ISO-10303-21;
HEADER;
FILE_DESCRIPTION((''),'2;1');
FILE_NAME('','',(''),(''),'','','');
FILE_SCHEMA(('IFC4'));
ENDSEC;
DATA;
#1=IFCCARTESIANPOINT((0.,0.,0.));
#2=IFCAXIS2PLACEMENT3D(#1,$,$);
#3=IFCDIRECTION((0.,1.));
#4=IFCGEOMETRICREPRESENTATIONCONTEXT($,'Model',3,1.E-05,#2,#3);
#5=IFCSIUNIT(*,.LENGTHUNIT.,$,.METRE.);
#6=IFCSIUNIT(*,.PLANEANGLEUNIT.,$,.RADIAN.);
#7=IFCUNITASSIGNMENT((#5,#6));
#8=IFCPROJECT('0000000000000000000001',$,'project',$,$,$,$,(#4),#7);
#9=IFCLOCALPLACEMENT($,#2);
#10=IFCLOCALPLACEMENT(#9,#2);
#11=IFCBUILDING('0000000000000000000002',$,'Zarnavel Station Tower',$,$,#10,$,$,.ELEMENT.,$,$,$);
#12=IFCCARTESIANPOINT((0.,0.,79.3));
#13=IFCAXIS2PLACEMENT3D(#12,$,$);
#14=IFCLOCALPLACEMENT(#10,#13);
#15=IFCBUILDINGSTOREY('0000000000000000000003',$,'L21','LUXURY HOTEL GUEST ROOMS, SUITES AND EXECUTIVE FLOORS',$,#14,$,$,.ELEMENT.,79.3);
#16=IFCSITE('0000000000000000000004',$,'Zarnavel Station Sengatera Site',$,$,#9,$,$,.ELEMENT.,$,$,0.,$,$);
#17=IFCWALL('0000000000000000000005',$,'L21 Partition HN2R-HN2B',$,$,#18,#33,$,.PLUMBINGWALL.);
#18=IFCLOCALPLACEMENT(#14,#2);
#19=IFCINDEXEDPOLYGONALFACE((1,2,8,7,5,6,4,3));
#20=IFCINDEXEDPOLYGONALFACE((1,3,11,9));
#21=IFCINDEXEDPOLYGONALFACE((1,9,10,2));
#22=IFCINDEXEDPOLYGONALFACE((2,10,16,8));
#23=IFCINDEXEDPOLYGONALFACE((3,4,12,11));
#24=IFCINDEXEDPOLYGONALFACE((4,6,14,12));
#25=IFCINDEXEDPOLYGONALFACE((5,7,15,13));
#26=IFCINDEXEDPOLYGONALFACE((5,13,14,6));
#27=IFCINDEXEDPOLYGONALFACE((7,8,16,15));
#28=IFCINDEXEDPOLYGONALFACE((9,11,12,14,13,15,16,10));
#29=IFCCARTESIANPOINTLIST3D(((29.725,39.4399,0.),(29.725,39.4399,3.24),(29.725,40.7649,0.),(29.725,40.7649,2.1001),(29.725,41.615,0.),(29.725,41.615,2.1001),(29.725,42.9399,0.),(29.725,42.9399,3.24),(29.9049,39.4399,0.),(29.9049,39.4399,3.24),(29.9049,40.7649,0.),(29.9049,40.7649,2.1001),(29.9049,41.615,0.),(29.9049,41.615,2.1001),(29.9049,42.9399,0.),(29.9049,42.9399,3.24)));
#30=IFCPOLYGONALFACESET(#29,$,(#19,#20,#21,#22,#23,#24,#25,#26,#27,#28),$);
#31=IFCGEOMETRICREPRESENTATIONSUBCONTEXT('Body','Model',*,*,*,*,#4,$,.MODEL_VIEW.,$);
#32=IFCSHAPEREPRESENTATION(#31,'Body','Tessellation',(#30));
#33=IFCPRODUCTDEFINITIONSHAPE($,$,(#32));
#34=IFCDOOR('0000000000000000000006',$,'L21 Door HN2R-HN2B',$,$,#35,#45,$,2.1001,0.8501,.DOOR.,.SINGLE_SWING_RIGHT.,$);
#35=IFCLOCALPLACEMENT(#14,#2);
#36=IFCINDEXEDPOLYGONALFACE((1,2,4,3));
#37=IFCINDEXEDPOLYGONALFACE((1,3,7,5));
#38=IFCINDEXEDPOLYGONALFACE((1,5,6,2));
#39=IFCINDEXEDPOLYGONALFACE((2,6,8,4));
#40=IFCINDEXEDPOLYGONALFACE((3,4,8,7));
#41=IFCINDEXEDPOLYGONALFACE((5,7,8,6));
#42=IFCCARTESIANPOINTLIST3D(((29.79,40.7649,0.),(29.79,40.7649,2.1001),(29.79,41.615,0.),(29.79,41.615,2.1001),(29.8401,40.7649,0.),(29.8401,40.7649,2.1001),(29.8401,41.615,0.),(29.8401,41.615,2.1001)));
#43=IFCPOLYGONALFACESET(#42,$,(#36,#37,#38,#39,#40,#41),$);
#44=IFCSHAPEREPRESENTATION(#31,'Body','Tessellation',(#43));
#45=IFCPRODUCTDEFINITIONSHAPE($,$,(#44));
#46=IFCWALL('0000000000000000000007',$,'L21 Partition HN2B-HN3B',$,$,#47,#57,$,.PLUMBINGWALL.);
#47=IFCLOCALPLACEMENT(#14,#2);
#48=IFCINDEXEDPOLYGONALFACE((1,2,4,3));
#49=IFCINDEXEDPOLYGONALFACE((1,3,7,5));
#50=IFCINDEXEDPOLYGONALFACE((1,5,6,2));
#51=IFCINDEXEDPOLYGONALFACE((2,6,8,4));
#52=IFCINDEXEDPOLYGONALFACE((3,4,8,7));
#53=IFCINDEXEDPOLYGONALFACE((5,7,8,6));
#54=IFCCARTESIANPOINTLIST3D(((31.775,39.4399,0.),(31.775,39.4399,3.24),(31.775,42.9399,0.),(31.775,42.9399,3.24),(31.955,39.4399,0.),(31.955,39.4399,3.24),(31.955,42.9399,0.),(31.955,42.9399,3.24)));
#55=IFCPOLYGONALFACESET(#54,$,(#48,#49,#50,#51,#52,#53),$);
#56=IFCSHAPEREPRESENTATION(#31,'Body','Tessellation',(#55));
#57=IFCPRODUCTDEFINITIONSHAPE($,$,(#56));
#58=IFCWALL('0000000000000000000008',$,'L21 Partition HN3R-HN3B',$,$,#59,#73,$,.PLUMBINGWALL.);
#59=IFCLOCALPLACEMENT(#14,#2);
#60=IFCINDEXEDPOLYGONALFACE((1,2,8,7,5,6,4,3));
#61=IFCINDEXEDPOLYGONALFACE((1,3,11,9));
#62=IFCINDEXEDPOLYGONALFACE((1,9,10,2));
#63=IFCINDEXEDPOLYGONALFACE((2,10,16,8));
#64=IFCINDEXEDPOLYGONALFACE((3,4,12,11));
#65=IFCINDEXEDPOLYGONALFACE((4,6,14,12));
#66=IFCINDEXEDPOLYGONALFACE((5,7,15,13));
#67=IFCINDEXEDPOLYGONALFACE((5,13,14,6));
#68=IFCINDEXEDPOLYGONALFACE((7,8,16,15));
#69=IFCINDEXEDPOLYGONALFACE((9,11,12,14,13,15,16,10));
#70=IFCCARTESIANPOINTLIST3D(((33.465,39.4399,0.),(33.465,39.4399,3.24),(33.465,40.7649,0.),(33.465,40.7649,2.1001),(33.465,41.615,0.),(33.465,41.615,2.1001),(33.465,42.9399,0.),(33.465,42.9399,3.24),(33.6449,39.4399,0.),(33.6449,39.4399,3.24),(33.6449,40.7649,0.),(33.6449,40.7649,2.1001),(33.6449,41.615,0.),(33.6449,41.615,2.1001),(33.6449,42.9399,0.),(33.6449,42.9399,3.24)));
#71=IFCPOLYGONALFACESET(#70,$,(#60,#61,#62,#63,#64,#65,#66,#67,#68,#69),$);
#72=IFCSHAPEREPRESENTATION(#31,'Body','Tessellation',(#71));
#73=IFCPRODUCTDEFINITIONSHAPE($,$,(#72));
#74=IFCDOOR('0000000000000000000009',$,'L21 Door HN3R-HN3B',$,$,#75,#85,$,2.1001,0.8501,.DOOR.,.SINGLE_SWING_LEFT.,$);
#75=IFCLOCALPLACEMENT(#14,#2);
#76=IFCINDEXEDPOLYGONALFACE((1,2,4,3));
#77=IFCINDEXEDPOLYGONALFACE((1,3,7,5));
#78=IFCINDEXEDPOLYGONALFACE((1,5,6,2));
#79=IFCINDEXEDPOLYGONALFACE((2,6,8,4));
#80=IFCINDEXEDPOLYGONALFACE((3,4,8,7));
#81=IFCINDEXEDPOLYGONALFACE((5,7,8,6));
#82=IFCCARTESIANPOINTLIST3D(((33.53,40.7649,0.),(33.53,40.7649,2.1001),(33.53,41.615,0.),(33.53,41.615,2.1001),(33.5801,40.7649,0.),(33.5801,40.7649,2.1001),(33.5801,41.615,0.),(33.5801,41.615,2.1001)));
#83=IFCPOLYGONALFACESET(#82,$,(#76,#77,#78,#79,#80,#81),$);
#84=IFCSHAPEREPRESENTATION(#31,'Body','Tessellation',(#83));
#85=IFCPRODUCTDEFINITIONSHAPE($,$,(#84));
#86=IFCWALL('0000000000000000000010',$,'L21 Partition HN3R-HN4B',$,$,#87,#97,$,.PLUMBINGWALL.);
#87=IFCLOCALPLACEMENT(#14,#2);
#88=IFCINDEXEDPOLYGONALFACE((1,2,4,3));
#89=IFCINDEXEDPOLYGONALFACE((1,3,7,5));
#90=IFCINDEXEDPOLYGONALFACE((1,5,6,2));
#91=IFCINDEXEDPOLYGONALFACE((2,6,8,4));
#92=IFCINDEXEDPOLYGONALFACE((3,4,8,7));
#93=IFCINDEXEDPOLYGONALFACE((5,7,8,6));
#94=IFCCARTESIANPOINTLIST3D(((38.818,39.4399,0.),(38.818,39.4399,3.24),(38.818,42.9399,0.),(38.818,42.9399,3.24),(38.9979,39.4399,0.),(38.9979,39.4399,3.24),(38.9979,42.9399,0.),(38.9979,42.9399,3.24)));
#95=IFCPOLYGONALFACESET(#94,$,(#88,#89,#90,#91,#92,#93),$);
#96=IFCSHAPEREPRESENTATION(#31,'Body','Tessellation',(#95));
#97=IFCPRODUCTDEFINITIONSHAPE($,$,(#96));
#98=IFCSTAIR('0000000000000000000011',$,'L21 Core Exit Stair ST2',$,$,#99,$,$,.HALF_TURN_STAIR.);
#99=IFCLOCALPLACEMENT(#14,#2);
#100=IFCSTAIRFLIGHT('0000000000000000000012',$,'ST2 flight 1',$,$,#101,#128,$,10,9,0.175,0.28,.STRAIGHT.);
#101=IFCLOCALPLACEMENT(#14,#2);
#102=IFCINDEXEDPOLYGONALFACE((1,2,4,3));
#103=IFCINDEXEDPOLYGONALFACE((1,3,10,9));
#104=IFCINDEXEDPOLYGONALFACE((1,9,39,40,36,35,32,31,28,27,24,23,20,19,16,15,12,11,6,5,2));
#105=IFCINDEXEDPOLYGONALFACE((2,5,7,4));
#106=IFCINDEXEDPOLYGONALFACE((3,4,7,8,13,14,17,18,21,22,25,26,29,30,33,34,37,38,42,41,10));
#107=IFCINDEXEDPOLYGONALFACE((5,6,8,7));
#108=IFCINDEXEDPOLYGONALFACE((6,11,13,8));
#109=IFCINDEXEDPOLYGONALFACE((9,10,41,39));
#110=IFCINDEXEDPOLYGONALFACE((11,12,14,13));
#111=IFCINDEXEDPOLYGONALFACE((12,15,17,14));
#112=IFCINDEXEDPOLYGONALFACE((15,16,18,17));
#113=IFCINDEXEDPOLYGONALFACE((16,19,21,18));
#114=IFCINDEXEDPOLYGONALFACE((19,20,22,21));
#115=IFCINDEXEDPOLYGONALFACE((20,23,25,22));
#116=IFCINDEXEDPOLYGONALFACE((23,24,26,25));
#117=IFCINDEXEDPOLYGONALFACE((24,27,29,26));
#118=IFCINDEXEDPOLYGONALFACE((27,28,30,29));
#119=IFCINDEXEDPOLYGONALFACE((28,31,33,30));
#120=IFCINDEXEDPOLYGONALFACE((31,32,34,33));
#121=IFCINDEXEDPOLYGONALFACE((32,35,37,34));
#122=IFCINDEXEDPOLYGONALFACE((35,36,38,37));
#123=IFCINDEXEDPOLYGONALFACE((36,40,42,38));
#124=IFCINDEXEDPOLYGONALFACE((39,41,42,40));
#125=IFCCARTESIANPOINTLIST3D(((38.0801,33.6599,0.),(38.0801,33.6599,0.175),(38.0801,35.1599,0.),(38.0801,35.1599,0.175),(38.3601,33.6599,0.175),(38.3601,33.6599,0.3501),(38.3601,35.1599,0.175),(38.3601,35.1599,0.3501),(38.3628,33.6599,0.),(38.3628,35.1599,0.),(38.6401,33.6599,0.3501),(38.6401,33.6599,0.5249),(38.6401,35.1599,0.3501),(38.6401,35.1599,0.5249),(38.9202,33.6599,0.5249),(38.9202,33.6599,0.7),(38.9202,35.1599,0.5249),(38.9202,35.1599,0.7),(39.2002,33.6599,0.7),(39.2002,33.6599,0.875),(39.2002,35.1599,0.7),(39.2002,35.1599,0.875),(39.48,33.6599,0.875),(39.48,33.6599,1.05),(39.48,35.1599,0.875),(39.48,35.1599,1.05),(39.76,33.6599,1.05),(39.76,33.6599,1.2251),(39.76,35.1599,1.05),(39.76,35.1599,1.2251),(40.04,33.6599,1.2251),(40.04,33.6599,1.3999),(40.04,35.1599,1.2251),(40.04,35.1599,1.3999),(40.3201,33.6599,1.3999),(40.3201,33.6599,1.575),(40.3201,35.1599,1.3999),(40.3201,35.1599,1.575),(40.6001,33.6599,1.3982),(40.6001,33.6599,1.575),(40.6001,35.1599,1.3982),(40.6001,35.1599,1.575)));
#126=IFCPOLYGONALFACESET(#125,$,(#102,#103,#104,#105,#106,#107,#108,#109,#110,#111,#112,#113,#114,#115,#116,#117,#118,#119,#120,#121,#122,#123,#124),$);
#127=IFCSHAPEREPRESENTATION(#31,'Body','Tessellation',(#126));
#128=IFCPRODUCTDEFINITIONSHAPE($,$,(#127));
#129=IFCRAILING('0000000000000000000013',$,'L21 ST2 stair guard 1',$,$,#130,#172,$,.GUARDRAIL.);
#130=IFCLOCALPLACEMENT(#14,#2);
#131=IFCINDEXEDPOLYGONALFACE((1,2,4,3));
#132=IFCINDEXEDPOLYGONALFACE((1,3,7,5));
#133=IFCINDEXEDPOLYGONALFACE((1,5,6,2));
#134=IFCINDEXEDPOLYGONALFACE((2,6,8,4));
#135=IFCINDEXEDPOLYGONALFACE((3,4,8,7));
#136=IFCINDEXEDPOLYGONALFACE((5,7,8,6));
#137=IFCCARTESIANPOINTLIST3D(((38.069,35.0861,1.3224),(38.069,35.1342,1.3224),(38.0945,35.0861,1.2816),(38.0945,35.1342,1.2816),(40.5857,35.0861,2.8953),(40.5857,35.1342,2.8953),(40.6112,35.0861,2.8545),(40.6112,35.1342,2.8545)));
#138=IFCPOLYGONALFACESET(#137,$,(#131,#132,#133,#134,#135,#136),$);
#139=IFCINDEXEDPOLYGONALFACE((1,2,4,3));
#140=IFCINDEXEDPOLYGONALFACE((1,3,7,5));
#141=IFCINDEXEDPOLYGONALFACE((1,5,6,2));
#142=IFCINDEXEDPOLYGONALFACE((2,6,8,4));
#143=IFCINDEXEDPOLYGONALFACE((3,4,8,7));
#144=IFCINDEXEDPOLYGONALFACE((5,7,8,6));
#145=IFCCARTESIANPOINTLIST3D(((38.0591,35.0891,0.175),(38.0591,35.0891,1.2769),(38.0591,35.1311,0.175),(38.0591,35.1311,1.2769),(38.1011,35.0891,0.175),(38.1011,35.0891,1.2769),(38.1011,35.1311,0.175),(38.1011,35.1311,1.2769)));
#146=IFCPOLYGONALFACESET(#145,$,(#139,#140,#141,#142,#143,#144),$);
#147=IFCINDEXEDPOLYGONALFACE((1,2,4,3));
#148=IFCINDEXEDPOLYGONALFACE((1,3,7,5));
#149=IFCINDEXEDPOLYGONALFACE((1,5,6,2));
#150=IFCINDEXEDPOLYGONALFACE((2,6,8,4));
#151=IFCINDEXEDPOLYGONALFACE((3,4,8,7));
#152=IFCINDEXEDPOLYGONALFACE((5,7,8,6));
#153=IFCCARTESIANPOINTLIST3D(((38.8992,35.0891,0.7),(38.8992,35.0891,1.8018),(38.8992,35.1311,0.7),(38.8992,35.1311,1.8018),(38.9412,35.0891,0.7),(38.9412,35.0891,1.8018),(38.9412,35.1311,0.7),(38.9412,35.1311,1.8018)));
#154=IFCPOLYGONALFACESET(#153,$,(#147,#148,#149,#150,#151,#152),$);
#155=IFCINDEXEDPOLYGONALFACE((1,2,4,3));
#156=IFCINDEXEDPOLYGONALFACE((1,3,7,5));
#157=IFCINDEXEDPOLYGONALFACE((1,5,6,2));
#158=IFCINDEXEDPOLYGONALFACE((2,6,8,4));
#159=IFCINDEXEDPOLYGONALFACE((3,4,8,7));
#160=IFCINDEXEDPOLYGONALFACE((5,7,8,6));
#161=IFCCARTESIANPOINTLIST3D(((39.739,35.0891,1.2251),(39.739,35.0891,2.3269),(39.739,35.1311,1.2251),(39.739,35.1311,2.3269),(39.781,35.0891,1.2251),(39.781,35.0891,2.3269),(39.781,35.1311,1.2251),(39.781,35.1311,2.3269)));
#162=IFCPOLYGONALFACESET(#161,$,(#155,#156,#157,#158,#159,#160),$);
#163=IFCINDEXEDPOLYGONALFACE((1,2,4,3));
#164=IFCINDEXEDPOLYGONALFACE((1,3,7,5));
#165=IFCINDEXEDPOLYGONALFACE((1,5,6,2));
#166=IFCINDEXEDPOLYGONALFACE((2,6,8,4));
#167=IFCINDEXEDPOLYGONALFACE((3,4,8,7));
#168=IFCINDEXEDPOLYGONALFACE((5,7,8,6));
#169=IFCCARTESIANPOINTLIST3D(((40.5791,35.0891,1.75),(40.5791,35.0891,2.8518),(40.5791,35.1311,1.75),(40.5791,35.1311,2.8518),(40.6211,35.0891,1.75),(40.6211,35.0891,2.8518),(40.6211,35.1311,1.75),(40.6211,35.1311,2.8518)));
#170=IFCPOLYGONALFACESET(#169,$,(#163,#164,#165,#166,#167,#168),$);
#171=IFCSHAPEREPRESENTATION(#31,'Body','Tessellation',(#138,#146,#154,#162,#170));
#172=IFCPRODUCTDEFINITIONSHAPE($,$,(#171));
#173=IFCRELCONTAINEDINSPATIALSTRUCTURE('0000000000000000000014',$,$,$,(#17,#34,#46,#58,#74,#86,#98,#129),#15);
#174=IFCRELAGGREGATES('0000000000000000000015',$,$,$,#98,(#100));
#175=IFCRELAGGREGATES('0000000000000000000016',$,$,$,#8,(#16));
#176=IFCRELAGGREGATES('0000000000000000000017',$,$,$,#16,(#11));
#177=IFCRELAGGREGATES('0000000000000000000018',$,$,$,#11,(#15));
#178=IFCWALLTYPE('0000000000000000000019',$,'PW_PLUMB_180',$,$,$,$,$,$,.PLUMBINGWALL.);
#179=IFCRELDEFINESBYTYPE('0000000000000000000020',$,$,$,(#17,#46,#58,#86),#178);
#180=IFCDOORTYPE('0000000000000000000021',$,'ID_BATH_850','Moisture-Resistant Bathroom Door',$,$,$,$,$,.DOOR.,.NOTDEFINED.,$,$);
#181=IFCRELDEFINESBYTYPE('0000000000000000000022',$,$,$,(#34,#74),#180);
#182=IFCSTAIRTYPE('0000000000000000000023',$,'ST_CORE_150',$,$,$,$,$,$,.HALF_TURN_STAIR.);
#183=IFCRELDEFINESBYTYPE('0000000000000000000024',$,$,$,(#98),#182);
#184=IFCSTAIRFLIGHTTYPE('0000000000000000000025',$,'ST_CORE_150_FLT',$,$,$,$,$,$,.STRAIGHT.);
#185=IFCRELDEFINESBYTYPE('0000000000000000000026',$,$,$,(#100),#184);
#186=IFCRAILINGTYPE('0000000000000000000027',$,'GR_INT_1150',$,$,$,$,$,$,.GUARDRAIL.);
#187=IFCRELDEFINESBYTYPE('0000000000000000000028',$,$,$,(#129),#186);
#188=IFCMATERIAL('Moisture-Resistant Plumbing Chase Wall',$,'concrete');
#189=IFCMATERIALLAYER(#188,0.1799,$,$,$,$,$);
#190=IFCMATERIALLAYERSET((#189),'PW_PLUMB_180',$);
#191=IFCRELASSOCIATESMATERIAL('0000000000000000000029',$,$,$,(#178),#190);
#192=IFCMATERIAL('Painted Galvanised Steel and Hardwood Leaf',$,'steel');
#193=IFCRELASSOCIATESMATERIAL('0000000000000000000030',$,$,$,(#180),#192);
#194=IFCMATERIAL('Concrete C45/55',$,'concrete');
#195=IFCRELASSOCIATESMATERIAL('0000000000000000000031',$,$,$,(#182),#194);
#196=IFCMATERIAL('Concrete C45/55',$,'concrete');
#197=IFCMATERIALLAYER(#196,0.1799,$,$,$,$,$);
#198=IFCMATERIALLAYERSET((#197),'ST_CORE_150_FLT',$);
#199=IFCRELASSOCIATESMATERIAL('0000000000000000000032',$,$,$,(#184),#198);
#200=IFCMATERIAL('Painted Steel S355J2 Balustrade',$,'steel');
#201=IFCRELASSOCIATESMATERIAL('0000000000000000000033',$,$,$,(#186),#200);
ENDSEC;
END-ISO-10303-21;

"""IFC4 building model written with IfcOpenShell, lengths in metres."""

from ifc_helpers import new_model, si_unit, direction, frame, frame_2d, origin, origin_2d, place, context, subcontext, project, spatial, polyline, rectangle, outline, extrude, material, layer, layer_set, type_object, element, fill, aggregate, save


model = new_model("IFC4")

# Units and contexts
model_context = context("Model", 3, precision=1e-05, world=origin(), true_north=direction((0.0, 1.0)))
body_context = subcontext(model_context, "Body", "Model", "MODEL_VIEW")
ifc_project = project(units=[si_unit("LENGTHUNIT", "METRE"), si_unit("PLANEANGLEUNIT", "RADIAN")], contexts=[model_context])

# Site, building, storey
site_placement = place(None, origin())
site = spatial("IfcSite", under=ifc_project, at=site_placement, Name="Zarnavel Station Sengatera Site", CompositionType="ELEMENT", RefElevation=0.0)
building_placement = place(site_placement, origin())
building = spatial("IfcBuilding", under=site, at=building_placement, Name="Zarnavel Station Tower", CompositionType="ELEMENT")
storey_placement = place(building_placement, frame((0.0, 0.0, 79.3)))
storey = spatial("IfcBuildingStorey", under=building, at=storey_placement, Name="L21", Description="LUXURY HOTEL GUEST ROOMS, SUITES AND EXECUTIVE FLOORS", CompositionType="ELEMENT", Elevation=79.3)

# Shared definitions
ifc_material_1 = material(Name="Moisture-Resistant Plumbing Chase Wall", Category="concrete")
ifc_layer_1 = layer(ifc_material_1, 0.1799)
ifc_layer_set_1 = layer_set([ifc_layer_1], Name="PW_PLUMB_180")
wall_type_1 = type_object("IfcWallType", Name="PW_PLUMB_180", PredefinedType="PLUMBINGWALL", material=ifc_layer_set_1)

# Wall, opening, door
wall_1_placement = place(storey_placement, frame((29.8149, 39.4399, 0.0), z_axis=(0.0, 0.0, 1.0), x_axis=(0.0, 1.0, 0.0)))
wall_1 = element("IfcWall", 1, at=wall_1_placement, inside=storey, type_object=wall_type_1, Name="L21 Partition HN2R-HN2B", PredefinedType="PLUMBINGWALL", context=body_context, shape_type="SweptSolid", body=[
    extrude(rectangle(XDim=3.5, YDim=0.1799, at=frame_2d((1.75, 0.0))), origin(), (0.0, 0.0, 1.0), 3.24),
])
opening_1_placement = place(wall_1_placement, frame((1.325, 0.0, 0.0)))
opening_1 = element("IfcOpeningElement", 2, at=opening_1_placement, cuts=wall_1, PredefinedType="OPENING", context=body_context, shape_type="SweptSolid", body=[
    extrude(rectangle(XDim=0.8501, YDim=2.1001, at=frame_2d((0.425, 1.05))), frame((0.0, 0.0999, 0.0), z_axis=(0.0, -1.0, 0.0), x_axis=(1.0, 0.0, 0.0)), (0.0, 0.0, 1.0), 0.2),
])
ifc_material_2 = material(Name="Painted Galvanised Steel and Hardwood Leaf", Category="steel")
door_type_1 = type_object("IfcDoorType", Name="ID_BATH_850", Description="Moisture-Resistant Bathroom Door", OperationType="NOTDEFINED", PredefinedType="DOOR", material=ifc_material_2)
door_1_placement = place(opening_1_placement, origin())
door_1 = element("IfcDoor", 3, at=door_1_placement, inside=storey, type_object=door_type_1, Name="L21 Door HN2R-HN2B", OperationType="SINGLE_SWING_RIGHT", OverallHeight=2.1001, OverallWidth=0.8501, PredefinedType="DOOR", context=body_context, shape_type="SweptSolid", body=[
    extrude(rectangle(XDim=0.8501, YDim=2.1001, at=frame_2d((0.425, 1.05))), frame((0.0, 0.0249, 0.0), z_axis=(0.0, -1.0, 0.0), x_axis=(1.0, 0.0, 0.0)), (0.0, 0.0, 1.0), 0.05),
])
fill(opening_1, door_1)

# Wall
wall_2_placement = place(storey_placement, frame((31.865, 39.4399, 0.0), z_axis=(0.0, 0.0, 1.0), x_axis=(0.0, 1.0, 0.0)))
element("IfcWall", 4, at=wall_2_placement, inside=storey, type_object=wall_type_1, Name="L21 Partition HN2B-HN3B", PredefinedType="PLUMBINGWALL", context=body_context, shape_type="SweptSolid", body=[
    extrude(rectangle(XDim=3.5, YDim=0.1799, at=frame_2d((1.75, 0.0))), origin(), (0.0, 0.0, 1.0), 3.24),
])

# Wall, opening, door
wall_3_placement = place(storey_placement, frame((33.5549, 39.4399, 0.0), z_axis=(0.0, 0.0, 1.0), x_axis=(0.0, 1.0, 0.0)))
wall_3 = element("IfcWall", 5, at=wall_3_placement, inside=storey, type_object=wall_type_1, Name="L21 Partition HN3R-HN3B", PredefinedType="PLUMBINGWALL", context=body_context, shape_type="SweptSolid", body=[
    extrude(rectangle(XDim=3.5, YDim=0.1799, at=frame_2d((1.75, 0.0))), origin(), (0.0, 0.0, 1.0), 3.24),
])
opening_2_placement = place(wall_3_placement, frame((1.325, 0.0, 0.0)))
opening_2 = element("IfcOpeningElement", 6, at=opening_2_placement, cuts=wall_3, PredefinedType="OPENING", context=body_context, shape_type="SweptSolid", body=[
    extrude(rectangle(XDim=0.8501, YDim=2.1001, at=frame_2d((0.425, 1.05))), frame((0.0, 0.0999, 0.0), z_axis=(0.0, -1.0, 0.0), x_axis=(1.0, 0.0, 0.0)), (0.0, 0.0, 1.0), 0.2),
])
door_2_placement = place(opening_2_placement, origin())
door_2 = element("IfcDoor", 7, at=door_2_placement, inside=storey, type_object=door_type_1, Name="L21 Door HN3R-HN3B", OperationType="SINGLE_SWING_LEFT", OverallHeight=2.1001, OverallWidth=0.8501, PredefinedType="DOOR", context=body_context, shape_type="SweptSolid", body=[
    extrude(rectangle(XDim=0.8501, YDim=2.1001, at=frame_2d((0.425, 1.05))), frame((0.0, 0.0249, 0.0), z_axis=(0.0, -1.0, 0.0), x_axis=(1.0, 0.0, 0.0)), (0.0, 0.0, 1.0), 0.05),
])
fill(opening_2, door_2)

# Wall
wall_4_placement = place(storey_placement, frame((38.908, 39.4399, 0.0), z_axis=(0.0, 0.0, 1.0), x_axis=(0.0, 1.0, 0.0)))
element("IfcWall", 8, at=wall_4_placement, inside=storey, type_object=wall_type_1, Name="L21 Partition HN3R-HN4B", PredefinedType="PLUMBINGWALL", context=body_context, shape_type="SweptSolid", body=[
    extrude(rectangle(XDim=3.5, YDim=0.1799, at=frame_2d((1.75, 0.0))), origin(), (0.0, 0.0, 1.0), 3.24),
])

# Stair, stair flight
ifc_material_3 = material(Name="Concrete C45/55", Category="concrete")
stair_type = type_object("IfcStairType", Name="ST_CORE_150", PredefinedType="HALF_TURN_STAIR", material=ifc_material_3)
stair_placement = place(storey_placement, origin())
stair = element("IfcStair", 9, at=stair_placement, inside=storey, type_object=stair_type, Name="L21 Core Exit Stair ST2", PredefinedType="HALF_TURN_STAIR")
ifc_material_4 = material(Name="Concrete C45/55", Category="concrete")
ifc_layer_2 = layer(ifc_material_4, 0.1799)
ifc_layer_set_2 = layer_set([ifc_layer_2], Name="ST_CORE_150_FLT")
stair_flight_type = type_object("IfcStairFlightType", Name="ST_CORE_150_FLT", PredefinedType="STRAIGHT", material=ifc_layer_set_2)
stair_flight_placement = place(storey_placement, frame((38.0801, 34.4099, 0.0), z_axis=(0.0, 0.0, 1.0), x_axis=(1.0, 0.0, 0.0)))
stair_flight = element("IfcStairFlight", 10, at=stair_flight_placement, type_object=stair_flight_type, Name="ST2 flight 1", NumberOfRisers=10, NumberOfTreads=9, PredefinedType="STRAIGHT", RiserHeight=0.175, TreadLength=0.28, context=body_context, shape_type="SweptSolid", body=[
    extrude(outline(polyline([(0.0, 0.0), (0.0, 0.175), (0.28, 0.175), (0.28, 0.3501), (0.5601, 0.3501), (0.5601, 0.5249), (0.8401, 0.5249), (0.8401, 0.7), (1.1201, 0.7), (1.1201, 0.875), (1.3999, 0.875), (1.3999, 1.05), (1.6799, 1.05), (1.6799, 1.2251), (1.96, 1.2251), (1.96, 1.3999), (2.24, 1.3999), (2.24, 1.575), (2.52, 1.575), (2.52, 1.75), (2.52, 1.3982), (0.2827, 0.0), (0.0, 0.0)])), frame((0.0, 0.75, 0.0), z_axis=(0.0, -1.0, 0.0), x_axis=(1.0, 0.0, 0.0)), (0.0, 0.0, 1.0), 1.5),
])
aggregate(stair, [stair_flight])

# Railing
ifc_material_5 = material(Name="Painted Steel S355J2 Balustrade", Category="steel")
railing_type_1 = type_object("IfcRailingType", Name="GR_INT_1150", PredefinedType="GUARDRAIL", material=ifc_material_5)
railing_1_placement = place(storey_placement, frame((38.0801, 35.1101, 0.175)))
element("IfcRailing", 11, at=railing_1_placement, inside=storey, type_object=railing_type_1, Name="L21 ST2 stair guard 1", PredefinedType="GUARDRAIL", context=body_context, shape_type="SweptSolid", body=[
    extrude(rectangle(XDim=0.0481, YDim=0.0481, at=origin_2d()), frame((0.0017, 0.0, 1.127), z_axis=(0.848008, 0.0, 0.529984), x_axis=(0.0, 1.0, 0.0)), (0.0, 0.0, 1.0), 2.9678),
    extrude(rectangle(XDim=0.042, YDim=0.042, at=origin_2d()), origin(), (0.0, 0.0, 1.0), 1.1018),
    extrude(rectangle(XDim=0.042, YDim=0.042, at=origin_2d()), frame((0.8401, 0.0, 0.5249)), (0.0, 0.0, 1.0), 1.1018),
    extrude(rectangle(XDim=0.042, YDim=0.042, at=origin_2d()), frame((1.6799, 0.0, 1.05)), (0.0, 0.0, 1.0), 1.1018),
    extrude(rectangle(XDim=0.042, YDim=0.042, at=origin_2d()), frame((2.52, 0.0, 1.575)), (0.0, 0.0, 1.0), 1.1018),
])

save(model, "model.ifc")
